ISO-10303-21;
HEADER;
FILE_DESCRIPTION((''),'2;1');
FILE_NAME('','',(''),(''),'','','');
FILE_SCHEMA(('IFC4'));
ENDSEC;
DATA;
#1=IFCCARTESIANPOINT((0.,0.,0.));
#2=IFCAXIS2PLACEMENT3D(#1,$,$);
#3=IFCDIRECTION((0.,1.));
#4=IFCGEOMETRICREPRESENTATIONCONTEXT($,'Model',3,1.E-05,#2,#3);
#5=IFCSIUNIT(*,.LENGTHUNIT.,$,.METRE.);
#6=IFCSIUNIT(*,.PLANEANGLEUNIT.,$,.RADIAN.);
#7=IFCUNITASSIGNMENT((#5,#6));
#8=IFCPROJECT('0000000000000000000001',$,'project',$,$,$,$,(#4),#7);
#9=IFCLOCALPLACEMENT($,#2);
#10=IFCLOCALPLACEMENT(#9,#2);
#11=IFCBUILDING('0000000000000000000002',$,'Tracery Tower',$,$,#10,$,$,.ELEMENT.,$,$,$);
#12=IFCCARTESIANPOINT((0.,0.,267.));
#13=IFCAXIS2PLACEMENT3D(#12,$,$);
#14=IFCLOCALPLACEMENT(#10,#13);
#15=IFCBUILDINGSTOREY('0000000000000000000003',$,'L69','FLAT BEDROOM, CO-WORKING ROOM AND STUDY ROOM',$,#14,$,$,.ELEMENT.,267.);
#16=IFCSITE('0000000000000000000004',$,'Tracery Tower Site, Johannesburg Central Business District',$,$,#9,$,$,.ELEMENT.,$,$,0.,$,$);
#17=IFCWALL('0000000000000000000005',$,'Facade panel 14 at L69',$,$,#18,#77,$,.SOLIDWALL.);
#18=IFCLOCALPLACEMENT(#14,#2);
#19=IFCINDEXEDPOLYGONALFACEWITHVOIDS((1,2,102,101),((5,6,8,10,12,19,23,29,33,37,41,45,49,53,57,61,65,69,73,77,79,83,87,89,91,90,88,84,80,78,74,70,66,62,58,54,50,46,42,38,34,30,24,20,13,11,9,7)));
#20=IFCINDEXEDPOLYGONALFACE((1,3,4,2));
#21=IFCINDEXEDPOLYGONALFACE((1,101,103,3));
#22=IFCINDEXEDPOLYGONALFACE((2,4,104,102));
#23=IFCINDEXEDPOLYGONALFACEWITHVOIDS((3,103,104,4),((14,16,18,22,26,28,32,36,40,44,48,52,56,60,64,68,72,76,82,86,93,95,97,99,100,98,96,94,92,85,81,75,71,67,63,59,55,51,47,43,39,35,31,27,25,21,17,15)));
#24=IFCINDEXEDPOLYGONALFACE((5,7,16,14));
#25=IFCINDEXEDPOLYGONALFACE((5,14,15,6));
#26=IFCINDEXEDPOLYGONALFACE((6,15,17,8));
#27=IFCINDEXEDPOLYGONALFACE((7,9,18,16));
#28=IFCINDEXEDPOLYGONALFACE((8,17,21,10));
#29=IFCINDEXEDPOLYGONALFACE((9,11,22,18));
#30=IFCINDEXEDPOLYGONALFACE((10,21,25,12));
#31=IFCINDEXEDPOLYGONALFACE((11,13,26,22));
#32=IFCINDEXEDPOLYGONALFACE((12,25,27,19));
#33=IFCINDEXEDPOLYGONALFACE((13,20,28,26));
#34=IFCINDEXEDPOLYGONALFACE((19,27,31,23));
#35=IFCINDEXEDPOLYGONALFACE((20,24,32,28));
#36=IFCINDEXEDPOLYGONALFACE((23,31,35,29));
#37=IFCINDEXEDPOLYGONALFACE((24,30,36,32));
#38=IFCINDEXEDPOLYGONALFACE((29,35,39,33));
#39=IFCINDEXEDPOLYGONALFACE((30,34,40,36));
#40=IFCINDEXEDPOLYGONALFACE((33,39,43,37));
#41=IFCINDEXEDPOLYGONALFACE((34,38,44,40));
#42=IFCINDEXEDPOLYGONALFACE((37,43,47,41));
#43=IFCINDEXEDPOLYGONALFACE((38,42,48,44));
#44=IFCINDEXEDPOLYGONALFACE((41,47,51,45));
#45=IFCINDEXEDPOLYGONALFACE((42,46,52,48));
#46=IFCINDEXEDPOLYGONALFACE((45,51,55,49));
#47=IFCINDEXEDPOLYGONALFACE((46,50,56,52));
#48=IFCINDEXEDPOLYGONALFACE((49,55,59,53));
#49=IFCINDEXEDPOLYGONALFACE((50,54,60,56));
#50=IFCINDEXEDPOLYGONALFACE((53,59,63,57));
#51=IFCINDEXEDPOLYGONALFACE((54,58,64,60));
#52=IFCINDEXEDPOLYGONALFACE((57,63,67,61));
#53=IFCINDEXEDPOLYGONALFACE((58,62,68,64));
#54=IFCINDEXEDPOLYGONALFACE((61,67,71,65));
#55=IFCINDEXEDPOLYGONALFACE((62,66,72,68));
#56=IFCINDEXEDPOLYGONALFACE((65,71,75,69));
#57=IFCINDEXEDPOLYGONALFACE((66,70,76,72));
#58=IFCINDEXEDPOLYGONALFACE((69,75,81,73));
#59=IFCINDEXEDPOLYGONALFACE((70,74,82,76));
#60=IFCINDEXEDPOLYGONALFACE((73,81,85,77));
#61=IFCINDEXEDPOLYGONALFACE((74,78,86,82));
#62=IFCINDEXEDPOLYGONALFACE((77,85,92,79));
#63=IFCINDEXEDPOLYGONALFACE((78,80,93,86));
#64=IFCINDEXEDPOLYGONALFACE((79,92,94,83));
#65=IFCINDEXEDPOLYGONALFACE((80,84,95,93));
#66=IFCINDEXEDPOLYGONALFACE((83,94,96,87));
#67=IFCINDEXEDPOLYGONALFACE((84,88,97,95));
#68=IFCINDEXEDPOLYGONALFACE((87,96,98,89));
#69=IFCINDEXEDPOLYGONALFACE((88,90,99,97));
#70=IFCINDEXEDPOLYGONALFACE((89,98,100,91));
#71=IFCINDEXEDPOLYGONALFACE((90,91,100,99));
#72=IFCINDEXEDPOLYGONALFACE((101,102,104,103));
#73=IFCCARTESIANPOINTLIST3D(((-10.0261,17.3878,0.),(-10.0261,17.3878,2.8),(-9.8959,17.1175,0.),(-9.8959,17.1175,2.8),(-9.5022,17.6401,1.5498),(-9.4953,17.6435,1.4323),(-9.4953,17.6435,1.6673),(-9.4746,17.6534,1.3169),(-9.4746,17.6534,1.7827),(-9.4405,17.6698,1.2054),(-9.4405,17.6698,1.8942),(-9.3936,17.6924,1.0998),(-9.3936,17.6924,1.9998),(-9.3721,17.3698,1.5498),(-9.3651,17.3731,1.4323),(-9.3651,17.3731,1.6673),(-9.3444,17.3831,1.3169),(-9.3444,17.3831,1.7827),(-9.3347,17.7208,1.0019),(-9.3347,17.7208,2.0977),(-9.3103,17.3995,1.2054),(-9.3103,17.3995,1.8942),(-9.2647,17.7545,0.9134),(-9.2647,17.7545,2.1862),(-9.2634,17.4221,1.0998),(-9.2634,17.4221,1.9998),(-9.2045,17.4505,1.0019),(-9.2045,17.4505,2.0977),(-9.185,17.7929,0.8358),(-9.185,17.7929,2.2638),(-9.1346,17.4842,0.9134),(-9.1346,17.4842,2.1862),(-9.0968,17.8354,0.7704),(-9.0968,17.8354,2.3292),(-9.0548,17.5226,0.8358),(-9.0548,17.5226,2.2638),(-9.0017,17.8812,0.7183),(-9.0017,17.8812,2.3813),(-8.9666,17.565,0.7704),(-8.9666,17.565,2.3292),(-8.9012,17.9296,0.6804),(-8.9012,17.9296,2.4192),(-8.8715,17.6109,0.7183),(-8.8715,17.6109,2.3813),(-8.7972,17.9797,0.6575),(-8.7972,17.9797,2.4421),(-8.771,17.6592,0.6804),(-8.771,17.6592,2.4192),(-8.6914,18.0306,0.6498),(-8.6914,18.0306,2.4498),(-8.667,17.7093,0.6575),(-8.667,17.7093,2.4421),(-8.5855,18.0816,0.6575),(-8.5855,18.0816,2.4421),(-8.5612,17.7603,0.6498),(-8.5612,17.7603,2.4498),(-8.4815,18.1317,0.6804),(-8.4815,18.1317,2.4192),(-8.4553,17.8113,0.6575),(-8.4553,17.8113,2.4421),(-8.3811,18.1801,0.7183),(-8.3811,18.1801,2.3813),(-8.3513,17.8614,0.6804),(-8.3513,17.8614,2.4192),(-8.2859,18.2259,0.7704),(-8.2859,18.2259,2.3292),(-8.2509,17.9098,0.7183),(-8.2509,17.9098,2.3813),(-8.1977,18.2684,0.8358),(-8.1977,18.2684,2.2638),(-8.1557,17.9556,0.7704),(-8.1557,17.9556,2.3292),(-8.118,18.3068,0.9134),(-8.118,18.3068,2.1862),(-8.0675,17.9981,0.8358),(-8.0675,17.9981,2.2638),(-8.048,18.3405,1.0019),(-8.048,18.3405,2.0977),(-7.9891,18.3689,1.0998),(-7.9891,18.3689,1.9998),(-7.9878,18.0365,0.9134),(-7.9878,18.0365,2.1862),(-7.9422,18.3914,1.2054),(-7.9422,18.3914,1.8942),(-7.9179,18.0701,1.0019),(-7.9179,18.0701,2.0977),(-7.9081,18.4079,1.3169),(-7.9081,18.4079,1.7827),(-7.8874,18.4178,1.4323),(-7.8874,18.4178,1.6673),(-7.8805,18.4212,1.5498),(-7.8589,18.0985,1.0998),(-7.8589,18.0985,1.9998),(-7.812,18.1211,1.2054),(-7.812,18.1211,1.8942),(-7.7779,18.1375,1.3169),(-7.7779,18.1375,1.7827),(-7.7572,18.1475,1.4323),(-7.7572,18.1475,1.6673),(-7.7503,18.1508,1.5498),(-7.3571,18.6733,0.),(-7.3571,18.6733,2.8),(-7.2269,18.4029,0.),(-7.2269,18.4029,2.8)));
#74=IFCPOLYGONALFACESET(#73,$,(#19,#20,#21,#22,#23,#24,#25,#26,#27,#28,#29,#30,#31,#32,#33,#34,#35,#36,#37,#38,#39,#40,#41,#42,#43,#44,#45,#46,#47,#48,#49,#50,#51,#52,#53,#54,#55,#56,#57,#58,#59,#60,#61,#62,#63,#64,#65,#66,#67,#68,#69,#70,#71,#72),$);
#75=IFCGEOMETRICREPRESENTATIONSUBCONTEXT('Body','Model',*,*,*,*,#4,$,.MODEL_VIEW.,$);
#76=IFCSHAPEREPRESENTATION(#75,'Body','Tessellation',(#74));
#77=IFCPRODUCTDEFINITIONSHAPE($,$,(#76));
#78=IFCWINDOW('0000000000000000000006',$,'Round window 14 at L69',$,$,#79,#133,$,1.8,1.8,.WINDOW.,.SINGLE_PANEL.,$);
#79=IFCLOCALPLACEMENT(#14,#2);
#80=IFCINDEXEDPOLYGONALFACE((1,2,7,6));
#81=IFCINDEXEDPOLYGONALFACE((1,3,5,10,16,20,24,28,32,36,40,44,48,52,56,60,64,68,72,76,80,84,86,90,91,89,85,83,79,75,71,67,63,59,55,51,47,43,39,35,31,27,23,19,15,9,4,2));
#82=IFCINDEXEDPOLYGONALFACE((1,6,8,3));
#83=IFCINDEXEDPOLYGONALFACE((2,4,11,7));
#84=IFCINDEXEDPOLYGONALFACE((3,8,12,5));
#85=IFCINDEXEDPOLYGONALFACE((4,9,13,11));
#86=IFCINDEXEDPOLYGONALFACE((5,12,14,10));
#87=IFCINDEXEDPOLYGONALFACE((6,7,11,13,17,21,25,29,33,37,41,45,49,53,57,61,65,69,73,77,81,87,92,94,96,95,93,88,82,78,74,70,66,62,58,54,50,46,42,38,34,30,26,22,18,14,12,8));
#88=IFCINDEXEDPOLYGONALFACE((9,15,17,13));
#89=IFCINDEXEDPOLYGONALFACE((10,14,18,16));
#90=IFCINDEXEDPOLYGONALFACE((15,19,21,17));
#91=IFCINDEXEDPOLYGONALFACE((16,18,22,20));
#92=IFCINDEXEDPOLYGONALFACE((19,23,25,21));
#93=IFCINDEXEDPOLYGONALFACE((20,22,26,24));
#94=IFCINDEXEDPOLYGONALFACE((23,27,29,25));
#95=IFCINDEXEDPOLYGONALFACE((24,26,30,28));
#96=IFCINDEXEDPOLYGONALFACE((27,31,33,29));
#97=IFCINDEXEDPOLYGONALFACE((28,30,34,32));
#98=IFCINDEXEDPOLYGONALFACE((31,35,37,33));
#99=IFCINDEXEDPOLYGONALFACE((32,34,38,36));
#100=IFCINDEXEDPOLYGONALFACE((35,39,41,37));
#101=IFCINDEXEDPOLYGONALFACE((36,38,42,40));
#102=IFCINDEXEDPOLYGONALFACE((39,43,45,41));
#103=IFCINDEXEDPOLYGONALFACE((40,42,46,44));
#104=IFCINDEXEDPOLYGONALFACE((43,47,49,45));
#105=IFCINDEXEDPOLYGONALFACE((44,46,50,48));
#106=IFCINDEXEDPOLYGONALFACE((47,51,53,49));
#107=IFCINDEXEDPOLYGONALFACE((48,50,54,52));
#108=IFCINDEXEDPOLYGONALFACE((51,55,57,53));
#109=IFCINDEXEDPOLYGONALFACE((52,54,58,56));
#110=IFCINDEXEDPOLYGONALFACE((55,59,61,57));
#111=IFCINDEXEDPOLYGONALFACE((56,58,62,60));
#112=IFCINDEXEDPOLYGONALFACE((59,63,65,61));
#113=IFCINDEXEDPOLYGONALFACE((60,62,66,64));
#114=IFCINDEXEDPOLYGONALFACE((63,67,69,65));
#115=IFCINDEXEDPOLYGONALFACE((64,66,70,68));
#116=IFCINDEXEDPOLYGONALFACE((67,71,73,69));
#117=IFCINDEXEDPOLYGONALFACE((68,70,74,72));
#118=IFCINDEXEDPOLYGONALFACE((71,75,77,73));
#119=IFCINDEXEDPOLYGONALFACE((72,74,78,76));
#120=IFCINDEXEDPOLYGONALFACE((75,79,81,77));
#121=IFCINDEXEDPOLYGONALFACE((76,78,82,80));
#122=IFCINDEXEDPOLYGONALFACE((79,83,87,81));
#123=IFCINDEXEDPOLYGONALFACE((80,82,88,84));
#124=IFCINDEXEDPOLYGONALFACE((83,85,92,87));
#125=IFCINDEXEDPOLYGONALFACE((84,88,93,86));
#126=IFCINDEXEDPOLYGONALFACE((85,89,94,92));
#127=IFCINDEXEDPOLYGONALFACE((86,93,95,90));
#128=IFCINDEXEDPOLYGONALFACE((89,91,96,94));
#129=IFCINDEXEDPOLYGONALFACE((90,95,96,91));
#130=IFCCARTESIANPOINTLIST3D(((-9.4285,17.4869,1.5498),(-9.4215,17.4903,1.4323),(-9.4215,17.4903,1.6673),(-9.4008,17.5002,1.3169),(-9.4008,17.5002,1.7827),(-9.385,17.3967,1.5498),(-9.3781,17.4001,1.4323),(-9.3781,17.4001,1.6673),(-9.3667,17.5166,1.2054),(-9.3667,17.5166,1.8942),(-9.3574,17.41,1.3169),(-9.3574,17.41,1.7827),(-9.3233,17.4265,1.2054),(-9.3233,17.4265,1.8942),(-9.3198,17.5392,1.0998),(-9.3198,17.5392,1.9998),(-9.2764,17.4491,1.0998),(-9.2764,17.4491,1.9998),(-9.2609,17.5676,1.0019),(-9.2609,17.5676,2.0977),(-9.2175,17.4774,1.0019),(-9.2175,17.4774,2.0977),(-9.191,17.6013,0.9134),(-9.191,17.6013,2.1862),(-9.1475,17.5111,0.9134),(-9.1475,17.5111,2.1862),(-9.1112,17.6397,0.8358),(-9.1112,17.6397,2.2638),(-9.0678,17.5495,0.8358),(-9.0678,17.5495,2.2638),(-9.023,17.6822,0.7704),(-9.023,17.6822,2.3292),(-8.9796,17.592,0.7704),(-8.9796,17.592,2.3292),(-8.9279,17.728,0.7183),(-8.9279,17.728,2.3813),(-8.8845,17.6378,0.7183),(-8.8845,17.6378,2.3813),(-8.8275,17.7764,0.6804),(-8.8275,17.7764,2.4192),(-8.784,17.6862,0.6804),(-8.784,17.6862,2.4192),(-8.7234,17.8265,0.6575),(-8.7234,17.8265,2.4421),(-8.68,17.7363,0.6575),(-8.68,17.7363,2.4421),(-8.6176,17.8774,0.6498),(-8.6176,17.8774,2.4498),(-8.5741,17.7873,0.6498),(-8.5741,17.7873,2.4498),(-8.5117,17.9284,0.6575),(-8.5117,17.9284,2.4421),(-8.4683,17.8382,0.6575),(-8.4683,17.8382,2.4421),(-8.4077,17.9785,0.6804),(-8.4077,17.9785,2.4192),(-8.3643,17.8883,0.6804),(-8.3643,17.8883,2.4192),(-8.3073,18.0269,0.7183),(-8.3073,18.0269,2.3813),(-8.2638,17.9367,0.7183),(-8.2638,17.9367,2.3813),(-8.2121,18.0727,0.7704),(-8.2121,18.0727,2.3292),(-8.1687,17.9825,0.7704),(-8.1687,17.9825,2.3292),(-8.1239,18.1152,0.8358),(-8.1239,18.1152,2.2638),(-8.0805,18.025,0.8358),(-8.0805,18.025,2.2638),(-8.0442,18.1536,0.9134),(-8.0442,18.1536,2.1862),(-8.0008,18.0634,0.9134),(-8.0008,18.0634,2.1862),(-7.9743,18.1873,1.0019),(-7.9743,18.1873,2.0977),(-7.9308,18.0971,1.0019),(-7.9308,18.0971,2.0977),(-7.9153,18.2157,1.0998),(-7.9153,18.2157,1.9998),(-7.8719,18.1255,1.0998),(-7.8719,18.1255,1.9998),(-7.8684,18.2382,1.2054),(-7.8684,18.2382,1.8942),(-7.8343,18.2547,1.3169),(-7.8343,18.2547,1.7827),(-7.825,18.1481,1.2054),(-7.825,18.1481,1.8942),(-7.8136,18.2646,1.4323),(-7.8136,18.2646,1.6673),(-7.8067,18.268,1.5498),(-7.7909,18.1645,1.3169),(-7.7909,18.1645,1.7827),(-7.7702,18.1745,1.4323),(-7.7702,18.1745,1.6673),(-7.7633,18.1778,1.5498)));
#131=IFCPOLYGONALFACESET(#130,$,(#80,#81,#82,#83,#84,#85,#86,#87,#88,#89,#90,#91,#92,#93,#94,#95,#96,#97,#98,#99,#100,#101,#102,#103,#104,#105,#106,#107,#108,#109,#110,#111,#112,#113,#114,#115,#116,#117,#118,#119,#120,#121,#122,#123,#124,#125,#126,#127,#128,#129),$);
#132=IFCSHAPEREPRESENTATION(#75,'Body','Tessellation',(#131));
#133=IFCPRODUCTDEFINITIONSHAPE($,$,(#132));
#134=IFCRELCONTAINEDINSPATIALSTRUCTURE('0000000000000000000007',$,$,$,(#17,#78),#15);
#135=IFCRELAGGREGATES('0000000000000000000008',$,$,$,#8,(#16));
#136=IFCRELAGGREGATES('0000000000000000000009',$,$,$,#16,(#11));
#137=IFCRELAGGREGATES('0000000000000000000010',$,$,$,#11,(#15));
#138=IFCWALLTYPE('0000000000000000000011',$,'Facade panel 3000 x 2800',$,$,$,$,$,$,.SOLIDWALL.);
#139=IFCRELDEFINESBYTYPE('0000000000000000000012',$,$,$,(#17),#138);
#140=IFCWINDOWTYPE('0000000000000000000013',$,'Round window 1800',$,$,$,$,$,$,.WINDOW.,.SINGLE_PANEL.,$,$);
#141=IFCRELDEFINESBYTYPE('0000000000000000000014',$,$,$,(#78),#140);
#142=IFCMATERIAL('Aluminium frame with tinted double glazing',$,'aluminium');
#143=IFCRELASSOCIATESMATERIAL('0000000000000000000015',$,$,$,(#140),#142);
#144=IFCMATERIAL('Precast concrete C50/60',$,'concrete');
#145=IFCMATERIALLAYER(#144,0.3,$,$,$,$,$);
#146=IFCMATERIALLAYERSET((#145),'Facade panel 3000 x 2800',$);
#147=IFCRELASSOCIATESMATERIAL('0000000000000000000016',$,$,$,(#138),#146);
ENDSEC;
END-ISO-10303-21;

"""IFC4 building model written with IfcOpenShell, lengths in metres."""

from ifc_helpers import new_model, si_unit, direction, frame, frame_2d, origin, origin_2d, place, context, subcontext, project, spatial, rectangle, circle, extrude, material, layer, layer_set, type_object, element, fill, save


model = new_model("IFC4")

# Units and contexts
model_context = context("Model", 3, precision=1e-05, world=origin(), true_north=direction((0.0, 1.0)))
body_context = subcontext(model_context, "Body", "Model", "MODEL_VIEW")
ifc_project = project(units=[si_unit("LENGTHUNIT", "METRE"), si_unit("PLANEANGLEUNIT", "RADIAN")], contexts=[model_context])

# Site, building, storey
site_placement = place(None, origin())
site = spatial("IfcSite", under=ifc_project, at=site_placement, Name="Tracery Tower Site, Johannesburg Central Business District", CompositionType="ELEMENT", RefElevation=0.0)
building_placement = place(site_placement, origin())
building = spatial("IfcBuilding", under=site, at=building_placement, Name="Tracery Tower", CompositionType="ELEMENT")
storey_placement = place(building_placement, frame((0.0, 0.0, 267.0)))
storey = spatial("IfcBuildingStorey", under=building, at=storey_placement, Name="L69", Description="FLAT BEDROOM, CO-WORKING ROOM AND STUDY ROOM", CompositionType="ELEMENT", Elevation=267.0)

# Wall, opening, window
ifc_material_1 = material(Name="Aluminium frame with tinted double glazing", Category="aluminium")
window_type = type_object("IfcWindowType", Name="Round window 1800", PartitioningType="SINGLE_PANEL", PredefinedType="WINDOW", material=ifc_material_1)
ifc_material_2 = material(Name="Precast concrete C50/60", Category="concrete")
ifc_layer_1 = layer(ifc_material_2, 0.3)
ifc_layer_set_1 = layer_set([ifc_layer_1], Name="Facade panel 3000 x 2800")
wall_type_1 = type_object("IfcWallType", Name="Facade panel 3000 x 2800", PredefinedType="SOLIDWALL", material=ifc_layer_set_1)
wall_1_placement = place(storey_placement, frame((-7.292, 18.5381, 0.0), z_axis=(0.0, 0.0, 1.0), x_axis=(-0.900955, -0.433912, 0.0)))
wall_1 = element("IfcWall", 1, at=wall_1_placement, inside=storey, type_object=wall_type_1, Name="Facade panel 14 at L69", PredefinedType="SOLIDWALL", context=body_context, shape_type="SweptSolid", body=[
    extrude(rectangle(XDim=2.9624, YDim=0.3, at=frame_2d((1.4812, 0.0))), origin(), (0.0, 0.0, 1.0), 2.8),
])
opening_1_placement = place(wall_1_placement, frame((1.481, 0.0, 1.5498)))
opening_1 = element("IfcOpeningElement", 2, at=opening_1_placement, cuts=wall_1, PredefinedType="OPENING", context=body_context, shape_type="SweptSolid", body=[
    extrude(circle(Radius=0.9, at=origin_2d()), frame((0.0, 0.1599, 0.0), z_axis=(0.0, -1.0, 0.0), x_axis=(1.0, 0.0, 0.0)), (0.0, 0.0, 1.0), 0.3201),
])
window_1_placement = place(opening_1_placement, origin())
window_1 = element("IfcWindow", 3, at=window_1_placement, inside=storey, type_object=window_type, Name="Round window 14 at L69", OverallHeight=1.8, OverallWidth=1.8, PartitioningType="SINGLE_PANEL", PredefinedType="WINDOW", context=body_context, shape_type="SweptSolid", body=[
    extrude(circle(Radius=0.9, at=origin_2d()), frame((0.0, 0.1201, 0.0), z_axis=(0.0, -1.0, 0.0), x_axis=(1.0, 0.0, 0.0)), (0.0, 0.0, 1.0), 0.1001),
])
fill(opening_1, window_1)

save(model, "model.ifc")
